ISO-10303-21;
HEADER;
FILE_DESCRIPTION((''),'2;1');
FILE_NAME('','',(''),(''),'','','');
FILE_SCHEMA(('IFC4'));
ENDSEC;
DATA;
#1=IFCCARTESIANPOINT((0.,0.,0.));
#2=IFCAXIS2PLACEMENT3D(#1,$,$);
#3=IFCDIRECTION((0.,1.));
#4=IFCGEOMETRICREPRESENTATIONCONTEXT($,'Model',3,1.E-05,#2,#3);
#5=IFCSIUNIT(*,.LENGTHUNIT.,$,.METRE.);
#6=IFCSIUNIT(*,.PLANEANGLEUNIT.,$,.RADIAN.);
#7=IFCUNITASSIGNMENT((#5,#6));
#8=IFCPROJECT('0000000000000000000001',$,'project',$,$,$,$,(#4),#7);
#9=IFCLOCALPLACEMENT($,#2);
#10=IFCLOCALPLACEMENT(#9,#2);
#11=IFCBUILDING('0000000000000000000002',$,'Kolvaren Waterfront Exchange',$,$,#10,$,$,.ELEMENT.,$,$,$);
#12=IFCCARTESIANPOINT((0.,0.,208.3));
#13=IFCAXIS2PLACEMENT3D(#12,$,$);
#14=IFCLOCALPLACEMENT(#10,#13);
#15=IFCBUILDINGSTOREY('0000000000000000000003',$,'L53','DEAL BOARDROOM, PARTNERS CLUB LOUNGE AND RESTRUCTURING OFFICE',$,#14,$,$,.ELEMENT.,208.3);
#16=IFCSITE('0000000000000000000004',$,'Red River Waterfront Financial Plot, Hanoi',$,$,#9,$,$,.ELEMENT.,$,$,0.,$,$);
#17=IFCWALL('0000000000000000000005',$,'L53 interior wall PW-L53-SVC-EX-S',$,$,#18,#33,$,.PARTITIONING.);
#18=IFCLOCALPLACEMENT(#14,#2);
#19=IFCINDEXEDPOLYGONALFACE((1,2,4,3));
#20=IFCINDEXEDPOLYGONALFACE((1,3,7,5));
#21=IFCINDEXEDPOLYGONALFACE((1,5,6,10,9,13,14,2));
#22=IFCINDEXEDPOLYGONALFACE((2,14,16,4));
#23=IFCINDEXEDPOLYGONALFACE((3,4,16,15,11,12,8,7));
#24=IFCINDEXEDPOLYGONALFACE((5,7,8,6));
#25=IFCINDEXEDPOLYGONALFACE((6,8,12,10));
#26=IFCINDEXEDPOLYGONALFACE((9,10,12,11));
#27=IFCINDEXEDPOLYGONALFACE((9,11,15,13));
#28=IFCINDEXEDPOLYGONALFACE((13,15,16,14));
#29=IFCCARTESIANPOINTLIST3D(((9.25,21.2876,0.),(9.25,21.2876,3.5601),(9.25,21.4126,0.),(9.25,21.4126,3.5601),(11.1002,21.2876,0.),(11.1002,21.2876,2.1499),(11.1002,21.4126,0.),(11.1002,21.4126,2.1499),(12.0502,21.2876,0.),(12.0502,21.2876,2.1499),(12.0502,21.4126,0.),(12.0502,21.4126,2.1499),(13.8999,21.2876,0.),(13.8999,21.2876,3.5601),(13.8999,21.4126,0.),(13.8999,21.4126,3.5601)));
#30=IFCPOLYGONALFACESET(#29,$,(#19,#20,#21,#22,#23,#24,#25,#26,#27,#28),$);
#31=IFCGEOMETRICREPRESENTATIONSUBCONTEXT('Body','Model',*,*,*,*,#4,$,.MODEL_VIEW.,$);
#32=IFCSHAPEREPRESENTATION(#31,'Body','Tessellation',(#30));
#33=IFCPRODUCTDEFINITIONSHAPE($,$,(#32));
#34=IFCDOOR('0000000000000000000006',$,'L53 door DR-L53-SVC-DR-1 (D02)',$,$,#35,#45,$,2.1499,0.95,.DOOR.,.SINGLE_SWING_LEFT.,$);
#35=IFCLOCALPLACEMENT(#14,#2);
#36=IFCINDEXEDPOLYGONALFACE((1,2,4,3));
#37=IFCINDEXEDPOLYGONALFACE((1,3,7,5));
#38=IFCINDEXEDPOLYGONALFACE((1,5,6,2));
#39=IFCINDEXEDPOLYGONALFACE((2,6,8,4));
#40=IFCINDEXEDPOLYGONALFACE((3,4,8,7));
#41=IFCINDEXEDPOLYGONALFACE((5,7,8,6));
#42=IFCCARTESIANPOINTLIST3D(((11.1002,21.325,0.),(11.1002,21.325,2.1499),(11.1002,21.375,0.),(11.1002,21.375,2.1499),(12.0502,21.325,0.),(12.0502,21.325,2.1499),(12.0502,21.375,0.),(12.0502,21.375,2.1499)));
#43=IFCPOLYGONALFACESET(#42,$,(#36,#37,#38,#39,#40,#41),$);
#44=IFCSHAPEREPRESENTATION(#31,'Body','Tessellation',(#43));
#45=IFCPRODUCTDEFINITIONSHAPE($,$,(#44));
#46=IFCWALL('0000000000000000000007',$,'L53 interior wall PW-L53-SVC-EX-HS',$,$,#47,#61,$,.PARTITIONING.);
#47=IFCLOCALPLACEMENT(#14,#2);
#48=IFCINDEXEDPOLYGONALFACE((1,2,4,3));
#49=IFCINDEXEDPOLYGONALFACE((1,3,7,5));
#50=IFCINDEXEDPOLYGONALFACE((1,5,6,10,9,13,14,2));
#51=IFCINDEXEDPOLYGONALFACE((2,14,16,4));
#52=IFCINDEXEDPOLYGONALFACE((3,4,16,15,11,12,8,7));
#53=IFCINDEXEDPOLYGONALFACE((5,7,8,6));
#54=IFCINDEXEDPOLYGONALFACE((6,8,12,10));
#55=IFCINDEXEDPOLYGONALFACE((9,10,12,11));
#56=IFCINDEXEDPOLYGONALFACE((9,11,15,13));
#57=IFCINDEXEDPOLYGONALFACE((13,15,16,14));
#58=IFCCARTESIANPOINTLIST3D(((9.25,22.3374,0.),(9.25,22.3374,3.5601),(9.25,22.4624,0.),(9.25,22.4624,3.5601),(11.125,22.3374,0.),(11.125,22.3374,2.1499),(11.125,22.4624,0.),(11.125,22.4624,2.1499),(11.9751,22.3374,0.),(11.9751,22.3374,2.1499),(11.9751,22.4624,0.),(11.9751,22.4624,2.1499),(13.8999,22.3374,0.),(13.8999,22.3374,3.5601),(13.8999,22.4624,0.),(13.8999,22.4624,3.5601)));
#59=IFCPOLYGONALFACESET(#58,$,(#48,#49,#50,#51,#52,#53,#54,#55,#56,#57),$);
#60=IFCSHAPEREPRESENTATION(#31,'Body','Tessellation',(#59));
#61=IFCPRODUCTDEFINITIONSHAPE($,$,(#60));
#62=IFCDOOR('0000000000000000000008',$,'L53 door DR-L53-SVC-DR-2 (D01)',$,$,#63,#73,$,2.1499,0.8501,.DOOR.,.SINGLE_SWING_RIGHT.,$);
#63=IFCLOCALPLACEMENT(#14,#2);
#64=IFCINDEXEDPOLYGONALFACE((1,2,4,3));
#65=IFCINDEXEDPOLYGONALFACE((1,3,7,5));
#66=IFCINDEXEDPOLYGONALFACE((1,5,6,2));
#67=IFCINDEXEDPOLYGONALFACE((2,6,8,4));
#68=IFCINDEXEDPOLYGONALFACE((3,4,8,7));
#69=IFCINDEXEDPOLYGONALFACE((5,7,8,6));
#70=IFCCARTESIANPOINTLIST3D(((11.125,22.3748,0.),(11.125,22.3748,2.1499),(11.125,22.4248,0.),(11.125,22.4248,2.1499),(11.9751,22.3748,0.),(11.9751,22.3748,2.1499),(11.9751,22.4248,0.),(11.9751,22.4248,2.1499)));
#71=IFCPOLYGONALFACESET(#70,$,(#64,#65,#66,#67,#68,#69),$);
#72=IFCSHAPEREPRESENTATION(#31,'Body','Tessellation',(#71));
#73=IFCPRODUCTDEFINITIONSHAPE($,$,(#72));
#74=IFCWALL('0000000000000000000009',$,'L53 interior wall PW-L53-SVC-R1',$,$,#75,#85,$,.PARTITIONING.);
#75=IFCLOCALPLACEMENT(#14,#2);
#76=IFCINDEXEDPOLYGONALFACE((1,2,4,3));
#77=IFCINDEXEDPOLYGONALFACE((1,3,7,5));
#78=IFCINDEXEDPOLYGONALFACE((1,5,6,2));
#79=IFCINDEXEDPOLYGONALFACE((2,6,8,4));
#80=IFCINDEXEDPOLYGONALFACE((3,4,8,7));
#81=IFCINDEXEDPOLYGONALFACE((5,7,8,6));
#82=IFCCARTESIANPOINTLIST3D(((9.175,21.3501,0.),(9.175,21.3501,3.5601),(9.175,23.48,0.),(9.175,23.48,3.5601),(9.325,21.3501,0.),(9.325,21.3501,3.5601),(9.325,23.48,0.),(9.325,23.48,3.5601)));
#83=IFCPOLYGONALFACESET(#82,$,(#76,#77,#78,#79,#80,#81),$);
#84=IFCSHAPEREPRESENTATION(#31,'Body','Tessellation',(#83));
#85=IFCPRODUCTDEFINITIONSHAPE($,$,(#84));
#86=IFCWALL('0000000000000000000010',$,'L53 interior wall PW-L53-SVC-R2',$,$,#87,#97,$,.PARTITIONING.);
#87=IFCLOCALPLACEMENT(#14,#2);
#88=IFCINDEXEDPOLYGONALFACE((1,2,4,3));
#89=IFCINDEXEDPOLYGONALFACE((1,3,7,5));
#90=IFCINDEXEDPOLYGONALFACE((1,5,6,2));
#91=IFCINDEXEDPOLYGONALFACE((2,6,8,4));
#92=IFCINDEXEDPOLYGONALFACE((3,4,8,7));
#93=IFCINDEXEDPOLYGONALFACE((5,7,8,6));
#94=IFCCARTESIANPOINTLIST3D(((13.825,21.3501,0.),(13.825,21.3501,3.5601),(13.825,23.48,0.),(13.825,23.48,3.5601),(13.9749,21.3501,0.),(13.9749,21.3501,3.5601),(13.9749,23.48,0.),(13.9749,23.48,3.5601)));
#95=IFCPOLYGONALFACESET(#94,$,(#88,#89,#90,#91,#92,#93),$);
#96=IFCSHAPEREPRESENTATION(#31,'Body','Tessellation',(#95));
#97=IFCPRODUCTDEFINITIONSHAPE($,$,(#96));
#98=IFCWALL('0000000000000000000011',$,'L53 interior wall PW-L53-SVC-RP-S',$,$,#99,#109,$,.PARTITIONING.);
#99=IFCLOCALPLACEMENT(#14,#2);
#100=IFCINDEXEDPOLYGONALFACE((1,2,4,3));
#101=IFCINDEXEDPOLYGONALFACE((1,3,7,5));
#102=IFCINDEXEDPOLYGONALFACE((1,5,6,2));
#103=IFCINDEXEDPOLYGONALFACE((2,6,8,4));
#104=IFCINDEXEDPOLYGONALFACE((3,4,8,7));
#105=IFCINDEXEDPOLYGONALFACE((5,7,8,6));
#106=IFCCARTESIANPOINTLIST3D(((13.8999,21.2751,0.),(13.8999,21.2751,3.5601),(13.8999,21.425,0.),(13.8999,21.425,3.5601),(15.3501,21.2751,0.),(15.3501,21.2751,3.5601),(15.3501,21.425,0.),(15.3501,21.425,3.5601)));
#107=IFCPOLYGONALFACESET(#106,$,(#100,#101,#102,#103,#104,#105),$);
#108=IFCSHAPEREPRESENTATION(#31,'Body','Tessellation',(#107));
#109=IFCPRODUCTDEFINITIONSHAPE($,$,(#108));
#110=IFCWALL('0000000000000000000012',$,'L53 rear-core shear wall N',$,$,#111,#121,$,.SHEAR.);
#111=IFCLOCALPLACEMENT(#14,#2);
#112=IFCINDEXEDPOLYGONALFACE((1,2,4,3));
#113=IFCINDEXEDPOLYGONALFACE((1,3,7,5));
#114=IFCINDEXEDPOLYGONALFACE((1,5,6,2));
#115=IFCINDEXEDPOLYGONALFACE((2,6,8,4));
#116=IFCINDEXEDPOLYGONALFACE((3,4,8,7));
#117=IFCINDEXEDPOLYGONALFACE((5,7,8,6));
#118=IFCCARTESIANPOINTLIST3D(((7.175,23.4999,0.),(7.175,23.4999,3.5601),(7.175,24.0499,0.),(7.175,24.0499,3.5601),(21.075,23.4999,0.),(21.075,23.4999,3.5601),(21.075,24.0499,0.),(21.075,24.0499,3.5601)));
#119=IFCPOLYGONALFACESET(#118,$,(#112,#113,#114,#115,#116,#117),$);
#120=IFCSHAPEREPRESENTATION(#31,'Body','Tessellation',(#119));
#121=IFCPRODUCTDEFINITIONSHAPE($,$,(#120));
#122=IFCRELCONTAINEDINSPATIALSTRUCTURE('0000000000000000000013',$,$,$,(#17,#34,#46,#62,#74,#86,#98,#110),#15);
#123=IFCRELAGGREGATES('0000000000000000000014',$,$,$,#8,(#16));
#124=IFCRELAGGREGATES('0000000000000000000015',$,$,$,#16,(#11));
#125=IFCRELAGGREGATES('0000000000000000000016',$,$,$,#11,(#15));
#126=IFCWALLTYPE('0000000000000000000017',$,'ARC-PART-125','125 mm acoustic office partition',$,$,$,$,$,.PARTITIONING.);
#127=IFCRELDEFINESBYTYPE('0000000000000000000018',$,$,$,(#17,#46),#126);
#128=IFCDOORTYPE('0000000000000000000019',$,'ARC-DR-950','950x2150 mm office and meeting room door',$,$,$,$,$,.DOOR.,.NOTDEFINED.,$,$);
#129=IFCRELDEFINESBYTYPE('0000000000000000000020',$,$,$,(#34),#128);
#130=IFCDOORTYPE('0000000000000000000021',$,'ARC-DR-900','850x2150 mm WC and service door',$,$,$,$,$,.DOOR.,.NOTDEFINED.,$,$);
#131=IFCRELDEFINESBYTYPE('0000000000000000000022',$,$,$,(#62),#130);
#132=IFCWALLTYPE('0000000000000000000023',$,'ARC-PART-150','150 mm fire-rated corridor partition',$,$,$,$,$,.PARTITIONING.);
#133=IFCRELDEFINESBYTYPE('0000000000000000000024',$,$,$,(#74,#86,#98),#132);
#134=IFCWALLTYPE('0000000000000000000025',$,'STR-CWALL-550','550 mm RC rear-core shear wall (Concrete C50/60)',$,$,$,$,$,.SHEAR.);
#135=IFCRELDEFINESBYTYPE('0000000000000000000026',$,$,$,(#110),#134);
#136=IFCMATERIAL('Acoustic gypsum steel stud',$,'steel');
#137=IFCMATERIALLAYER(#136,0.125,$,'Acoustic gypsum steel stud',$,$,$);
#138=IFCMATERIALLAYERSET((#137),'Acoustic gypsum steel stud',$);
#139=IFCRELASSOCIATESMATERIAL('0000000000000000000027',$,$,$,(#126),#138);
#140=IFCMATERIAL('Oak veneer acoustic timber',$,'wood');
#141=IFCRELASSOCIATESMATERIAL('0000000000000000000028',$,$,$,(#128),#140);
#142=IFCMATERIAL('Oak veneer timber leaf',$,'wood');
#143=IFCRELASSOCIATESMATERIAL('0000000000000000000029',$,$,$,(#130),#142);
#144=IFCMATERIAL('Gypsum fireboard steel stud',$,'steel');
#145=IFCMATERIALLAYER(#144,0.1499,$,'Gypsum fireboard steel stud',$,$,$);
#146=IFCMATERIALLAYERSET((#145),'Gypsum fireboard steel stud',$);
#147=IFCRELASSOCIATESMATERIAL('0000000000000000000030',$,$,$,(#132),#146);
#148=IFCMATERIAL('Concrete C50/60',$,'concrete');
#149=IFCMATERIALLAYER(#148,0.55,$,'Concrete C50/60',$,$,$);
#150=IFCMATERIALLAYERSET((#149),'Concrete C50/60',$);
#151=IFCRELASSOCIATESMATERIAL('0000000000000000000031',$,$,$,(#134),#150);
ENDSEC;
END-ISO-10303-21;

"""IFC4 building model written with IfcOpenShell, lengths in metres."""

from ifc_helpers import new_model, si_unit, direction, frame, frame_2d, origin, place, context, subcontext, project, spatial, rectangle, extrude, material, layer, layer_set, type_object, element, fill, save


model = new_model("IFC4")

# Units and contexts
model_context = context("Model", 3, precision=1e-05, world=origin(), true_north=direction((0.0, 1.0)))
body_context = subcontext(model_context, "Body", "Model", "MODEL_VIEW")
ifc_project = project(units=[si_unit("LENGTHUNIT", "METRE"), si_unit("PLANEANGLEUNIT", "RADIAN")], contexts=[model_context])

# Site, building, storey
site_placement = place(None, origin())
site = spatial("IfcSite", under=ifc_project, at=site_placement, Name="Red River Waterfront Financial Plot, Hanoi", CompositionType="ELEMENT", RefElevation=0.0)
building_placement = place(site_placement, origin())
building = spatial("IfcBuilding", under=site, at=building_placement, Name="Kolvaren Waterfront Exchange", CompositionType="ELEMENT")
storey_placement = place(building_placement, frame((0.0, 0.0, 208.3)))
storey = spatial("IfcBuildingStorey", under=building, at=storey_placement, Name="L53", Description="DEAL BOARDROOM, PARTNERS CLUB LOUNGE AND RESTRUCTURING OFFICE", CompositionType="ELEMENT", Elevation=208.3)

# Shared definitions
ifc_material_1 = material(Name="Concrete C50/60", Category="concrete")

# Walls, openings, doors
ifc_material_2 = material(Name="Acoustic gypsum steel stud", Category="steel")
ifc_layer_1 = layer(ifc_material_2, 0.125, Name="Acoustic gypsum steel stud")
ifc_layer_set_1 = layer_set([ifc_layer_1], Name="Acoustic gypsum steel stud")
wall_type_1 = type_object("IfcWallType", Name="ARC-PART-125", Description="125 mm acoustic office partition", PredefinedType="PARTITIONING", material=ifc_layer_set_1)
wall_1_placement = place(storey_placement, frame((9.25, 21.3501, 0.0), z_axis=(0.0, 0.0, 1.0), x_axis=(1.0, 0.0, 0.0)))
wall_1 = element("IfcWall", 1, at=wall_1_placement, inside=storey, type_object=wall_type_1, Name="L53 interior wall PW-L53-SVC-EX-S", PredefinedType="PARTITIONING", context=body_context, shape_type="SweptSolid", body=[
    extrude(rectangle(XDim=4.6499, YDim=0.125, at=frame_2d((2.325, 0.0))), origin(), (0.0, 0.0, 1.0), 3.5601),
])
opening_1_placement = place(wall_1_placement, frame((1.8501, 0.0, 0.0)))
opening_1 = element("IfcOpeningElement", 2, at=opening_1_placement, cuts=wall_1, PredefinedType="OPENING", context=body_context, shape_type="SweptSolid", body=[
    extrude(rectangle(XDim=0.95, YDim=2.1499, at=frame_2d((0.4751, 1.075))), frame((0.0, 0.0725, 0.0), z_axis=(0.0, -1.0, 0.0), x_axis=(1.0, 0.0, 0.0)), (0.0, 0.0, 1.0), 0.145),
])
ifc_material_3 = material(Name="Oak veneer acoustic timber", Category="wood")
door_type_1 = type_object("IfcDoorType", Name="ARC-DR-950", Description="950x2150 mm office and meeting room door", OperationType="NOTDEFINED", PredefinedType="DOOR", material=ifc_material_3)
door_1_placement = place(opening_1_placement, origin())
door_1 = element("IfcDoor", 3, at=door_1_placement, inside=storey, type_object=door_type_1, Name="L53 door DR-L53-SVC-DR-1 (D02)", OperationType="SINGLE_SWING_LEFT", OverallHeight=2.1499, OverallWidth=0.95, PredefinedType="DOOR", context=body_context, shape_type="SweptSolid", body=[
    extrude(rectangle(XDim=0.95, YDim=2.1499, at=frame_2d((0.4751, 1.075))), frame((0.0, 0.0249, 0.0), z_axis=(0.0, -1.0, 0.0), x_axis=(1.0, 0.0, 0.0)), (0.0, 0.0, 1.0), 0.05),
])
fill(opening_1, door_1)
wall_2_placement = place(storey_placement, frame((9.25, 22.3999, 0.0), z_axis=(0.0, 0.0, 1.0), x_axis=(1.0, 0.0, 0.0)))
wall_2 = element("IfcWall", 4, at=wall_2_placement, inside=storey, type_object=wall_type_1, Name="L53 interior wall PW-L53-SVC-EX-HS", PredefinedType="PARTITIONING", context=body_context, shape_type="SweptSolid", body=[
    extrude(rectangle(XDim=4.6499, YDim=0.125, at=frame_2d((2.325, 0.0))), origin(), (0.0, 0.0, 1.0), 3.5601),
])
opening_2_placement = place(wall_2_placement, frame((1.875, 0.0, 0.0)))
opening_2 = element("IfcOpeningElement", 5, at=opening_2_placement, cuts=wall_2, PredefinedType="OPENING", context=body_context, shape_type="SweptSolid", body=[
    extrude(rectangle(XDim=0.8501, YDim=2.1499, at=frame_2d((0.425, 1.075))), frame((0.0, 0.0725, 0.0), z_axis=(0.0, -1.0, 0.0), x_axis=(1.0, 0.0, 0.0)), (0.0, 0.0, 1.0), 0.145),
])
ifc_material_4 = material(Name="Oak veneer timber leaf", Category="wood")
door_type_2 = type_object("IfcDoorType", Name="ARC-DR-900", Description="850x2150 mm WC and service door", OperationType="NOTDEFINED", PredefinedType="DOOR", material=ifc_material_4)
door_2_placement = place(opening_2_placement, origin())
door_2 = element("IfcDoor", 6, at=door_2_placement, inside=storey, type_object=door_type_2, Name="L53 door DR-L53-SVC-DR-2 (D01)", OperationType="SINGLE_SWING_RIGHT", OverallHeight=2.1499, OverallWidth=0.8501, PredefinedType="DOOR", context=body_context, shape_type="SweptSolid", body=[
    extrude(rectangle(XDim=0.8501, YDim=2.1499, at=frame_2d((0.425, 1.075))), frame((0.0, 0.0249, 0.0), z_axis=(0.0, -1.0, 0.0), x_axis=(1.0, 0.0, 0.0)), (0.0, 0.0, 1.0), 0.05),
])
fill(opening_2, door_2)

# Walls
ifc_material_5 = material(Name="Gypsum fireboard steel stud", Category="steel")
ifc_layer_2 = layer(ifc_material_5, 0.1499, Name="Gypsum fireboard steel stud")
ifc_layer_set_2 = layer_set([ifc_layer_2], Name="Gypsum fireboard steel stud")
wall_type_2 = type_object("IfcWallType", Name="ARC-PART-150", Description="150 mm fire-rated corridor partition", PredefinedType="PARTITIONING", material=ifc_layer_set_2)
for number, where, z_axis, x_axis, name in (
    (7, (9.25, 21.3501, 0.0), (0.0, 0.0, 1.0), (0.0, 1.0, 0.0), "L53 interior wall PW-L53-SVC-R1"),
    (8, (13.8999, 21.3501, 0.0), (0.0, 0.0, 1.0), (0.0, 1.0, 0.0), "L53 interior wall PW-L53-SVC-R2"),
):
    element("IfcWall", number, at=place(storey_placement, frame(where, z_axis=z_axis, x_axis=x_axis)), inside=storey, type_object=wall_type_2, Name=name, PredefinedType="PARTITIONING", context=body_context, shape_type="SweptSolid", body=[
        extrude(rectangle(XDim=2.1299, YDim=0.1499, at=frame_2d((1.0649, 0.0))), origin(), (0.0, 0.0, 1.0), 3.5601),
    ])

# Walls
wall_3_placement = place(storey_placement, frame((13.8999, 21.3501, 0.0), z_axis=(0.0, 0.0, 1.0), x_axis=(1.0, 0.0, 0.0)))
element("IfcWall", 9, at=wall_3_placement, inside=storey, type_object=wall_type_2, Name="L53 interior wall PW-L53-SVC-RP-S", PredefinedType="PARTITIONING", context=body_context, shape_type="SweptSolid", body=[
    extrude(rectangle(XDim=1.4502, YDim=0.1499, at=frame_2d((0.7251, 0.0))), origin(), (0.0, 0.0, 1.0), 3.5601),
])
ifc_layer_3 = layer(ifc_material_1, 0.55, Name="Concrete C50/60")
ifc_layer_set_3 = layer_set([ifc_layer_3], Name="Concrete C50/60")
wall_type_3 = type_object("IfcWallType", Name="STR-CWALL-550", Description="550 mm RC rear-core shear wall (Concrete C50/60)", PredefinedType="SHEAR", material=ifc_layer_set_3)
wall_4_placement = place(storey_placement, frame((7.175, 23.7749, 0.0), z_axis=(0.0, 0.0, 1.0), x_axis=(1.0, 0.0, 0.0)))
element("IfcWall", 10, at=wall_4_placement, inside=storey, type_object=wall_type_3, Name="L53 rear-core shear wall N", PredefinedType="SHEAR", context=body_context, shape_type="SweptSolid", body=[
    extrude(rectangle(XDim=13.8999, YDim=0.55, at=frame_2d((6.95, 0.0))), origin(), (0.0, 0.0, 1.0), 3.5601),
])

save(model, "model.ifc")
